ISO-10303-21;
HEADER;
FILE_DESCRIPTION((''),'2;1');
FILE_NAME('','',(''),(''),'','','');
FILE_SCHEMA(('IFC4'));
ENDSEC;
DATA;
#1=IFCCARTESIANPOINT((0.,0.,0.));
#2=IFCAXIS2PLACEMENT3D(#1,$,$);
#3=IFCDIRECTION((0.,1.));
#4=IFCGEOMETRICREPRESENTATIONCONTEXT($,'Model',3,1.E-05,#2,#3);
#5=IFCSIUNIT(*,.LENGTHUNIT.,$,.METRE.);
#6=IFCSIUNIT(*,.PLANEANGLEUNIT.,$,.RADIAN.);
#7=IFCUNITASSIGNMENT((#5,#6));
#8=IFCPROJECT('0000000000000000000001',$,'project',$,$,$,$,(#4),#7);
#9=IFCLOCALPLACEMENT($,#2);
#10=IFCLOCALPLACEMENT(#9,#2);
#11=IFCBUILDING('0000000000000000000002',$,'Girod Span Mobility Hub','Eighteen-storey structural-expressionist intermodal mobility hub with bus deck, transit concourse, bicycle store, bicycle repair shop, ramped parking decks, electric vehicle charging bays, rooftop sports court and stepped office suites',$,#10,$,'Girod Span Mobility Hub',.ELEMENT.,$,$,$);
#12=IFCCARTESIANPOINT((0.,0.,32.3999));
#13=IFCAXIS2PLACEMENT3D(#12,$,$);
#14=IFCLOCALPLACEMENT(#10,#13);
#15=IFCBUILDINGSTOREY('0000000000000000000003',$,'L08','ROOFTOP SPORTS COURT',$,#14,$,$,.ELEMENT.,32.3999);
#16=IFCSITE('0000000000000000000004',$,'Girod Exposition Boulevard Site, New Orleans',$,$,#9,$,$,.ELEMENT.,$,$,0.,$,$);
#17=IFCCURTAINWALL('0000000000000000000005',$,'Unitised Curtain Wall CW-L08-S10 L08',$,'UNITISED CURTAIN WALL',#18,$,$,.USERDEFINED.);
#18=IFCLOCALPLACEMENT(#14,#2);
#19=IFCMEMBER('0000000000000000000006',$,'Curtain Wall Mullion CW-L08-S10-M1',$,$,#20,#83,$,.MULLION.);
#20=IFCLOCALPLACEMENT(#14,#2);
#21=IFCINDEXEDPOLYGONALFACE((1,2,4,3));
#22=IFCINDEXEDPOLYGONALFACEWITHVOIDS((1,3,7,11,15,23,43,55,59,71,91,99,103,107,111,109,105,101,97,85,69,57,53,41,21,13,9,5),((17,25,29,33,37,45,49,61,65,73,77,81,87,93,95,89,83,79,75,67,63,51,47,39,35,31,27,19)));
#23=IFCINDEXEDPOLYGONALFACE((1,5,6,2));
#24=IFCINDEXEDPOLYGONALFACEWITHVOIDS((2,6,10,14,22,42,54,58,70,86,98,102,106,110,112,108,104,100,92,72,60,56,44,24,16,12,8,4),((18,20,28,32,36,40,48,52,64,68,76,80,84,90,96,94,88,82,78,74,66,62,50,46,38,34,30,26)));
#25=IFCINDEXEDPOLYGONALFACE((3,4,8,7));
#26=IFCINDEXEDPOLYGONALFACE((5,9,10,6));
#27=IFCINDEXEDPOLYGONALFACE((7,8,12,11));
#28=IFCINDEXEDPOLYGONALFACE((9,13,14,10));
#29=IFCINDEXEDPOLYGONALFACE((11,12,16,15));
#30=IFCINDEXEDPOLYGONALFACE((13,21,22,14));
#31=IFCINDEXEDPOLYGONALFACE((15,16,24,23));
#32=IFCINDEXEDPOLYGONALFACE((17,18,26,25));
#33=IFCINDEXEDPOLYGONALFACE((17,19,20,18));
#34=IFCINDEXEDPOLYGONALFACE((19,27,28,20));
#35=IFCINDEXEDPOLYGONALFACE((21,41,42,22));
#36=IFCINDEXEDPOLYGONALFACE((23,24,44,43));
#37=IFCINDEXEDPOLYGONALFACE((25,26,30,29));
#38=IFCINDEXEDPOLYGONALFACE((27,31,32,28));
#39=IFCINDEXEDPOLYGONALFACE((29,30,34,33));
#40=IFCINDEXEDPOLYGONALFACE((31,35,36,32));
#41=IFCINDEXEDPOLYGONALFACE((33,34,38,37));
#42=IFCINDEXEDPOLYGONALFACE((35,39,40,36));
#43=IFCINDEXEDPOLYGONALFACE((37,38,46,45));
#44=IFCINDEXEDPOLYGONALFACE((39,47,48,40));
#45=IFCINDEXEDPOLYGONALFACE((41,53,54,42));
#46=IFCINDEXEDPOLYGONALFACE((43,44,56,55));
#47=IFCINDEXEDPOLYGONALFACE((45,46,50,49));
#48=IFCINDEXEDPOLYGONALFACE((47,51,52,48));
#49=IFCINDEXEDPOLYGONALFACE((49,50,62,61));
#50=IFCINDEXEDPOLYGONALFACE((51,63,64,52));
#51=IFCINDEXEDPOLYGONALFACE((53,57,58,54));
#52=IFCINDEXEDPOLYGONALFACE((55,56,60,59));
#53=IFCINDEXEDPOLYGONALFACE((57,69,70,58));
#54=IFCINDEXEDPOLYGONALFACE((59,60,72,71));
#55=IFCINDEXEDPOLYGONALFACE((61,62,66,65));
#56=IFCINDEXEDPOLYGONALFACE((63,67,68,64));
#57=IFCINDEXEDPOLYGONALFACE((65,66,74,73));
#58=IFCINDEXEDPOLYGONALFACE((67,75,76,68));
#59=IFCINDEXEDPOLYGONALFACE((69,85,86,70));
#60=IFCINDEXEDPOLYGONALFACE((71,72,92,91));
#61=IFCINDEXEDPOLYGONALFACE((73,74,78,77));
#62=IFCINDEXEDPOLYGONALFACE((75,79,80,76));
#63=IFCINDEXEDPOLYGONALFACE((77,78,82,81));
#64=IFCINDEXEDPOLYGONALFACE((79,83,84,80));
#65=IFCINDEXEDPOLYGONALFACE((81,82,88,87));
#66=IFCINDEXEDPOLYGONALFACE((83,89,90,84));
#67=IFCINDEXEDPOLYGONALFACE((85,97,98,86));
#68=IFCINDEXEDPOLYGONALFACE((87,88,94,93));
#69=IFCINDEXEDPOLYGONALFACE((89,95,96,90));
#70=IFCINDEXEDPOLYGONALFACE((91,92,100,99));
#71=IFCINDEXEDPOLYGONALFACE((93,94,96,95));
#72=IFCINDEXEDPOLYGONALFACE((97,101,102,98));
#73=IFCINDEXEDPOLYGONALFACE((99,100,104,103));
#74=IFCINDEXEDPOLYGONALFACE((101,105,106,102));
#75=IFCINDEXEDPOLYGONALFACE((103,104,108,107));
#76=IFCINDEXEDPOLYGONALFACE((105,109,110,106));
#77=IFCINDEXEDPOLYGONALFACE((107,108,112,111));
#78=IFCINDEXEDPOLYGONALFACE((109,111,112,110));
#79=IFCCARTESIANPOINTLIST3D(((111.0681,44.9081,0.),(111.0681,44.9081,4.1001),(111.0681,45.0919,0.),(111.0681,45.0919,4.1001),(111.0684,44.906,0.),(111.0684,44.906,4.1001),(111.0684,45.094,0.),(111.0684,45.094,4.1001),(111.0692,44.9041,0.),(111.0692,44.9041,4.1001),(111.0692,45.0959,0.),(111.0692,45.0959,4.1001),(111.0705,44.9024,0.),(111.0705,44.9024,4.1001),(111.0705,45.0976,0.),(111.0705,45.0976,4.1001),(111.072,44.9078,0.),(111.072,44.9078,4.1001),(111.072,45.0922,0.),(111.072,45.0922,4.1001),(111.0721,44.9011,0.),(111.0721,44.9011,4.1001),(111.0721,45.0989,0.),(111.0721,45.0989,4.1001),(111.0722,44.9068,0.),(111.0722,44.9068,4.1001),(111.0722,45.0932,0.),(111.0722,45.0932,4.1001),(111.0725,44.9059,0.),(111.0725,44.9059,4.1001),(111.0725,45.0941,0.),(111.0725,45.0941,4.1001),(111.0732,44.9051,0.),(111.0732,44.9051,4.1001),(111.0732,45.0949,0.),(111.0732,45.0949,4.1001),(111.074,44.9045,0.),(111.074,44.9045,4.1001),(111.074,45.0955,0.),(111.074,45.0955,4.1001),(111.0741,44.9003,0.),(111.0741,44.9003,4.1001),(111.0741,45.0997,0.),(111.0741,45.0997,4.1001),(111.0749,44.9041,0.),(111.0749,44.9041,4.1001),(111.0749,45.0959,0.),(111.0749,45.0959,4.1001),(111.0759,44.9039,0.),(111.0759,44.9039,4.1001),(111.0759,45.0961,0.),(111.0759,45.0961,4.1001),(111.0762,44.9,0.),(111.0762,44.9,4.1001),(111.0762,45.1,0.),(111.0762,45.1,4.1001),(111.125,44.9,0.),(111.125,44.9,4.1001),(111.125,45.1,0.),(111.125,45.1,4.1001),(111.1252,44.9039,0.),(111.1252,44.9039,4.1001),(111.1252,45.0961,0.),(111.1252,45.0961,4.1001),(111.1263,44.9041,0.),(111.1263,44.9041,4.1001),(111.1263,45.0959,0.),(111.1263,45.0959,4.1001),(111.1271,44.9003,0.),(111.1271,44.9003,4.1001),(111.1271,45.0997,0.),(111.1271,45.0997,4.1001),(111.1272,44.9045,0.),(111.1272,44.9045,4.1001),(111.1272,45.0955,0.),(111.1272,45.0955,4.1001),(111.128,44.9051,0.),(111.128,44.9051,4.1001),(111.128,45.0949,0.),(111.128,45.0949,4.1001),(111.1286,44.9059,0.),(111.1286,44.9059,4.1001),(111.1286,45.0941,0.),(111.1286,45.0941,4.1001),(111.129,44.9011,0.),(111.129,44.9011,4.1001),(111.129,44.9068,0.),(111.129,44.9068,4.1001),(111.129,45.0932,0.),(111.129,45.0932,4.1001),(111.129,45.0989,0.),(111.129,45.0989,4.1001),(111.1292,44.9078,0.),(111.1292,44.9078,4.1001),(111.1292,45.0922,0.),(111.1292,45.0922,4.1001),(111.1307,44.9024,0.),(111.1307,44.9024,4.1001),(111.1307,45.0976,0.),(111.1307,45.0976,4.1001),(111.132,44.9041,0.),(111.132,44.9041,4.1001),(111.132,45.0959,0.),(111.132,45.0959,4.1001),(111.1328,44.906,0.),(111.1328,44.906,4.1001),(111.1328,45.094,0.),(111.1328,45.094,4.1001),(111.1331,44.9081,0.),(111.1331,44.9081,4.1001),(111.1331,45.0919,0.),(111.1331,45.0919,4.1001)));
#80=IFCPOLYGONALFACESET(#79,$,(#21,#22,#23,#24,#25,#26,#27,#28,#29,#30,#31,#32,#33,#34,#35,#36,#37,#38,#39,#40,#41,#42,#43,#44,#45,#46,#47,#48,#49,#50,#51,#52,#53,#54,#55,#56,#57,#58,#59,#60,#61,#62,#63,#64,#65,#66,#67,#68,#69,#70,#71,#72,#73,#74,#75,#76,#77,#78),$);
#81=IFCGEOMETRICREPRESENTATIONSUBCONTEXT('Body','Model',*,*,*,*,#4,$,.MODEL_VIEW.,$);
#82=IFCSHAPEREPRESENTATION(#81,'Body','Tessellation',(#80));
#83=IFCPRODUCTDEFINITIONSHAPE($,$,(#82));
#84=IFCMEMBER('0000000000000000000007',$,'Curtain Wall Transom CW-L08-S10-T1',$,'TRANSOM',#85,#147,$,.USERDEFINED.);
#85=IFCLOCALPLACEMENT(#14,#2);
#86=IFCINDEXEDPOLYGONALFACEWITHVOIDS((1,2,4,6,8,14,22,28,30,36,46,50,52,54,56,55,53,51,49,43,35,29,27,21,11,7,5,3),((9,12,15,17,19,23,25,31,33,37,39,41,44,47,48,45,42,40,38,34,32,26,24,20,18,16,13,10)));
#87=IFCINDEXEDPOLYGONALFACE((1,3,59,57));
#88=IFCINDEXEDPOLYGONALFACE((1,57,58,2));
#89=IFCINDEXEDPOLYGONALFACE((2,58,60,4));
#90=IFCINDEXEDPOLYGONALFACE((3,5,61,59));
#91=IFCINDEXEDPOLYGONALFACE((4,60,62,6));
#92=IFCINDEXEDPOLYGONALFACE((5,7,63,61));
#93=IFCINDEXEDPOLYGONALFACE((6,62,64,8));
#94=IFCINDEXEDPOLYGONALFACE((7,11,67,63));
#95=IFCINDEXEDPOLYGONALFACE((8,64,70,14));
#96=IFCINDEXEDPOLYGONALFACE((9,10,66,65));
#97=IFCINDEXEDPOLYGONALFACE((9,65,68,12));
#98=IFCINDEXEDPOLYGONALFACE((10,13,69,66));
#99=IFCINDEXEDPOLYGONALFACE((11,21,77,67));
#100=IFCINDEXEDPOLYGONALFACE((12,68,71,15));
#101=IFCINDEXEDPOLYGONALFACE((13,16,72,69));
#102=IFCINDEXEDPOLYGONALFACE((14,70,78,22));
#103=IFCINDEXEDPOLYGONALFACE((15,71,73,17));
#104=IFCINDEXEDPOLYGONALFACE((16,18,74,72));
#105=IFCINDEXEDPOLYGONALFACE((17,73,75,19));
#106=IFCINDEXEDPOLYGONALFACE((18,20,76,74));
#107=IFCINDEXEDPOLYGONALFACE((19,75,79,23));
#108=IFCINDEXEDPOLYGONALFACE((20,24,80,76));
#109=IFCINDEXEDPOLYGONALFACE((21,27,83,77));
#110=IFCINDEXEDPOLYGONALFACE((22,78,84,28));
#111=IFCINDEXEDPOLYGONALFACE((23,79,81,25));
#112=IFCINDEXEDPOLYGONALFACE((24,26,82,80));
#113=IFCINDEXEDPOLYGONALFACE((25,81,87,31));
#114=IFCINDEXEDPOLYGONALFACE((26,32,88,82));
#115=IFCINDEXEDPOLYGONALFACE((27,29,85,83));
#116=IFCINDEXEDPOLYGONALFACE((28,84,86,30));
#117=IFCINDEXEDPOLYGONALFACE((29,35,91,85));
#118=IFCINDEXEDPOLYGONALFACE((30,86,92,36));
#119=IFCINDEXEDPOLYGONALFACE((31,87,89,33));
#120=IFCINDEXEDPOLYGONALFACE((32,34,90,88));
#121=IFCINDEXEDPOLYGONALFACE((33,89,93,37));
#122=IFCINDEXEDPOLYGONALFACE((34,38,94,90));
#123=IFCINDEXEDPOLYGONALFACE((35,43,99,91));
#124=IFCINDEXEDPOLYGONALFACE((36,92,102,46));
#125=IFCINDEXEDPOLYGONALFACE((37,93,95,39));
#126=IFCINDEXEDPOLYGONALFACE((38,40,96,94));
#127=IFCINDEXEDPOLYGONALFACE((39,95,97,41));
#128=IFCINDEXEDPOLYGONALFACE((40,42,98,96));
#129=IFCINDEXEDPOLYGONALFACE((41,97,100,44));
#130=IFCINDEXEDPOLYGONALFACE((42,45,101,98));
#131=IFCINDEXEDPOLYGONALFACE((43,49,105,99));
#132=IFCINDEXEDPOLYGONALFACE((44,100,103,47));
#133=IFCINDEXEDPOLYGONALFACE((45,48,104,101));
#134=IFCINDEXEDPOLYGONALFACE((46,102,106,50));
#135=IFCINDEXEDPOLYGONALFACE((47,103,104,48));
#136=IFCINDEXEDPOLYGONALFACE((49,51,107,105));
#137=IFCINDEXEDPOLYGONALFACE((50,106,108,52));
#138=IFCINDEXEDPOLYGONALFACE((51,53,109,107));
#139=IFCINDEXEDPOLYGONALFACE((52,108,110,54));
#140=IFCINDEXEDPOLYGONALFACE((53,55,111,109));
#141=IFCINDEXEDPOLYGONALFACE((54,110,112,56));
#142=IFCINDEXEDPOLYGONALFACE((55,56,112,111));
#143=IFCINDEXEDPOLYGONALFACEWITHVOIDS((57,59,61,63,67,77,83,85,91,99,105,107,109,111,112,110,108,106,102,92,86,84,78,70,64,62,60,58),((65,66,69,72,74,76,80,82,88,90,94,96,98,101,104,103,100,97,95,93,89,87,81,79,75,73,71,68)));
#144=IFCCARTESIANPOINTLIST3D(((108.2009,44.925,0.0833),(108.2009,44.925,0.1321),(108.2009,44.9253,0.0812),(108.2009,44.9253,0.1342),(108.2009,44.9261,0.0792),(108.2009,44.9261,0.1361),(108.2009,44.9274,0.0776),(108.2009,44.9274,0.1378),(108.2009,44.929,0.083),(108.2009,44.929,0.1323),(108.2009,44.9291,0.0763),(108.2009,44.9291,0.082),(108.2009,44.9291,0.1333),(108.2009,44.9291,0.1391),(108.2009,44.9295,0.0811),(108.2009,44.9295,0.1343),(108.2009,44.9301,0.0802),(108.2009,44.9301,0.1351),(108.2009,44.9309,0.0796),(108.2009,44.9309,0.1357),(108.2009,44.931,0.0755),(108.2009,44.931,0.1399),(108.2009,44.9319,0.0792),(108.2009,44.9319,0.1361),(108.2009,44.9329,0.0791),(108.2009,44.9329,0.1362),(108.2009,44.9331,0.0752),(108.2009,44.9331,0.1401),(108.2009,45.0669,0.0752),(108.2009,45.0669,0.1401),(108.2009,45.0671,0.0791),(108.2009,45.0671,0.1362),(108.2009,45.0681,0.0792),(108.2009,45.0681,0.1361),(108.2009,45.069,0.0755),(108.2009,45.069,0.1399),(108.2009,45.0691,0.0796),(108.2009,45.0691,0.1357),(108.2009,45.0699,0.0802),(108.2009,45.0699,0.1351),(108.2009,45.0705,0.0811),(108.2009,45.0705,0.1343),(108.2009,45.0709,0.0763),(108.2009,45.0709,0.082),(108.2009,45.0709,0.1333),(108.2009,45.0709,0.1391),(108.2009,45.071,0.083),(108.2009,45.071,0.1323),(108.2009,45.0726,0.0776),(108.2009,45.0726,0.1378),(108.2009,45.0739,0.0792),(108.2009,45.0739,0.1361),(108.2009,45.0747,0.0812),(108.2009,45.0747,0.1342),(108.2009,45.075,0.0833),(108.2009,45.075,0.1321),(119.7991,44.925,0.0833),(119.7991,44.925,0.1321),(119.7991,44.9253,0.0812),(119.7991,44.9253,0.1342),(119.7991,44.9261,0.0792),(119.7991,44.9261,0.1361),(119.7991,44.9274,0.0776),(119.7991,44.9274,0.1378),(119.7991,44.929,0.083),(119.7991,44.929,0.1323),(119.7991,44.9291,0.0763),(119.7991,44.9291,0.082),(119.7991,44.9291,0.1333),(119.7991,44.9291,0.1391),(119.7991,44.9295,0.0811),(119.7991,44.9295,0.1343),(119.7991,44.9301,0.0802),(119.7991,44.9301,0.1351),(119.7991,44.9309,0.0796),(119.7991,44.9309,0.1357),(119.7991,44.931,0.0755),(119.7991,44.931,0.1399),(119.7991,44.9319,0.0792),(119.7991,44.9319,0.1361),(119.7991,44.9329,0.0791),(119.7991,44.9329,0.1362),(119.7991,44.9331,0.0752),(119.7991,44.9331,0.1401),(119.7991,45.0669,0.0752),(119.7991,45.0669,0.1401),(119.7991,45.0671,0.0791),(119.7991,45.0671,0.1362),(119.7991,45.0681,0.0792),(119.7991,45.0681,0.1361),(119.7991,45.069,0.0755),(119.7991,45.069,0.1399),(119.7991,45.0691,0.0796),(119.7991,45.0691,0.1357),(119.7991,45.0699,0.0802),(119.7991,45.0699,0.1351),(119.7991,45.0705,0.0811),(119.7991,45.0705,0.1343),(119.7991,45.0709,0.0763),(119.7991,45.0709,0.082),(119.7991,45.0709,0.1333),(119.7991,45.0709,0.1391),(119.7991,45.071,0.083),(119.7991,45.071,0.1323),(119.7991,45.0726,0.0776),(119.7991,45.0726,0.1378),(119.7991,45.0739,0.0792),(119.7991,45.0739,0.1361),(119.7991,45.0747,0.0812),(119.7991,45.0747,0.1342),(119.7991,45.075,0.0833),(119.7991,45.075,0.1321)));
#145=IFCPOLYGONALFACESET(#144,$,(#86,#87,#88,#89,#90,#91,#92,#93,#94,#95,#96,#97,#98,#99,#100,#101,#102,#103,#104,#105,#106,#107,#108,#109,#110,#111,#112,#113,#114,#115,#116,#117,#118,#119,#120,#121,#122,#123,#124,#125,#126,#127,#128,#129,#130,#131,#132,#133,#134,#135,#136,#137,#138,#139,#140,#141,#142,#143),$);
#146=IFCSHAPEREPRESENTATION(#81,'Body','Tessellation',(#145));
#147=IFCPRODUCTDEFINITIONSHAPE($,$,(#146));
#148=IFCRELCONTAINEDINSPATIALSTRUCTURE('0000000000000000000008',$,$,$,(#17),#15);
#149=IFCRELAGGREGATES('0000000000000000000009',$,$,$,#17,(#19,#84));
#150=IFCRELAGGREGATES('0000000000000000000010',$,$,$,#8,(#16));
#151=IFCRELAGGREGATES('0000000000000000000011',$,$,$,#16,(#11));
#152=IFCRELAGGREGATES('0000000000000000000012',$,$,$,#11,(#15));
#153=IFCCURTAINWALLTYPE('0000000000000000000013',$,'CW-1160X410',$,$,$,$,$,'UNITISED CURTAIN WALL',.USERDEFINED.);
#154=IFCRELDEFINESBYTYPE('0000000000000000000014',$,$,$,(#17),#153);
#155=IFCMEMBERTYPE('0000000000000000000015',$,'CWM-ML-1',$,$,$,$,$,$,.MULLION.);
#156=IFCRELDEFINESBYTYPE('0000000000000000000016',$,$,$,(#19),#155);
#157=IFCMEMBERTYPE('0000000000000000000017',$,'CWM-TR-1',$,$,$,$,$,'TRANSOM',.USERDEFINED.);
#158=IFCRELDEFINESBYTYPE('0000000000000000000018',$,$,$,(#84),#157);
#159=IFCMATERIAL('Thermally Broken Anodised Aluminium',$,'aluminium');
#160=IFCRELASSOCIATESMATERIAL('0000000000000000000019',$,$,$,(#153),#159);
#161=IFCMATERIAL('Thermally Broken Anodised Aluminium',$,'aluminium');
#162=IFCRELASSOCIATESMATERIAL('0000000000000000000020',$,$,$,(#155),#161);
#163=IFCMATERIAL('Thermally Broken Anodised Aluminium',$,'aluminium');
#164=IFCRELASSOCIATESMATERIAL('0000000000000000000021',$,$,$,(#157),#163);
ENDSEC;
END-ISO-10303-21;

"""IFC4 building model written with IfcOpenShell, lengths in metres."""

from ifc_helpers import new_model, si_unit, direction, frame, origin, origin_2d, place, context, subcontext, project, spatial, hollow_rectangle, extrude, material, material_profile, profile_set, type_object, element, aggregate, save


model = new_model("IFC4")

# Units and contexts
model_context = context("Model", 3, precision=1e-05, world=origin(), true_north=direction((0.0, 1.0)))
body_context = subcontext(model_context, "Body", "Model", "MODEL_VIEW")
ifc_project = project(units=[si_unit("LENGTHUNIT", "METRE"), si_unit("PLANEANGLEUNIT", "RADIAN")], contexts=[model_context])

# Site, building, storey
site_placement = place(None, origin())
site = spatial("IfcSite", under=ifc_project, at=site_placement, Name="Girod Exposition Boulevard Site, New Orleans", CompositionType="ELEMENT", RefElevation=0.0)
building_placement = place(site_placement, origin())
building = spatial("IfcBuilding", under=site, at=building_placement, Name="Girod Span Mobility Hub", Description="Eighteen-storey structural-expressionist intermodal mobility hub with bus deck, transit concourse, bicycle store, bicycle repair shop, ramped parking decks, electric vehicle charging bays, rooftop sports court and stepped office suites", LongName="Girod Span Mobility Hub", CompositionType="ELEMENT")
storey_placement = place(building_placement, frame((0.0, 0.0, 32.3999)))
storey = spatial("IfcBuildingStorey", under=building, at=storey_placement, Name="L08", Description="ROOFTOP SPORTS COURT", CompositionType="ELEMENT", Elevation=32.3999)

# Curtain wall, members
ifc_material_1 = material(Name="Thermally Broken Anodised Aluminium", Category="aluminium")
curtain_wall_type = type_object("IfcCurtainWallType", Name="CW-1160X410", ElementType="UNITISED CURTAIN WALL", PredefinedType="USERDEFINED", material=ifc_material_1)
curtain_wall_placement = place(storey_placement, origin())
curtain_wall = element("IfcCurtainWall", 1, at=curtain_wall_placement, inside=storey, type_object=curtain_wall_type, Name="Unitised Curtain Wall CW-L08-S10 L08", ObjectType="UNITISED CURTAIN WALL", PredefinedType="USERDEFINED")
ifc_material_2 = material(Name="Thermally Broken Anodised Aluminium", Category="aluminium")
ifc_material_profile_1 = material_profile(ifc_material_2, hollow_rectangle(XDim=0.2, YDim=0.0649, WallThickness=0.0039, InnerFilletRadius=0.0039, OuterFilletRadius=0.0081, at=origin_2d()), Name="CW-ML-65X200")
ifc_profile_set_1 = profile_set([ifc_material_profile_1], Name="Thermally Broken Anodised Aluminium")
member_type_1 = type_object("IfcMemberType", Name="CWM-ML-1", PredefinedType="MULLION", material=ifc_profile_set_1)
member_1_placement = place(storey_placement, frame((111.1006, 45.0, 0.0), z_axis=(0.0, 0.0, 1.0), x_axis=(0.0, 1.0, 0.0)))
member_1 = element("IfcMember", 2, at=member_1_placement, type_object=member_type_1, Name="Curtain Wall Mullion CW-L08-S10-M1", PredefinedType="MULLION", context=body_context, shape_type="SweptSolid", body=[
    extrude(hollow_rectangle(XDim=0.2, YDim=0.0649, WallThickness=0.0039, InnerFilletRadius=0.0039, OuterFilletRadius=0.0081, at=origin_2d()), origin(), (0.0, 0.0, 1.0), 4.1001),
])
ifc_material_3 = material(Name="Thermally Broken Anodised Aluminium", Category="aluminium")
ifc_material_profile_2 = material_profile(ifc_material_3, hollow_rectangle(XDim=0.1499, YDim=0.0649, WallThickness=0.0039, InnerFilletRadius=0.0039, OuterFilletRadius=0.0081, at=origin_2d()), Name="CW-TR-65X150")
ifc_profile_set_2 = profile_set([ifc_material_profile_2], Name="Thermally Broken Anodised Aluminium")
member_type_2 = type_object("IfcMemberType", Name="CWM-TR-1", ElementType="TRANSOM", PredefinedType="USERDEFINED", material=ifc_profile_set_2)
member_2_placement = place(storey_placement, frame((108.2009, 45.0, 0.1077), z_axis=(1.0, 0.0, 0.0), x_axis=(0.0, 1.0, 0.0)))
member_2 = element("IfcMember", 3, at=member_2_placement, type_object=member_type_2, Name="Curtain Wall Transom CW-L08-S10-T1", ObjectType="TRANSOM", PredefinedType="USERDEFINED", context=body_context, shape_type="SweptSolid", body=[
    extrude(hollow_rectangle(XDim=0.1499, YDim=0.0649, WallThickness=0.0039, InnerFilletRadius=0.0039, OuterFilletRadius=0.0081, at=origin_2d()), origin(), (0.0, 0.0, 1.0), 11.5981),
])

aggregate(curtain_wall, [member_1, member_2])

save(model, "model.ifc")
